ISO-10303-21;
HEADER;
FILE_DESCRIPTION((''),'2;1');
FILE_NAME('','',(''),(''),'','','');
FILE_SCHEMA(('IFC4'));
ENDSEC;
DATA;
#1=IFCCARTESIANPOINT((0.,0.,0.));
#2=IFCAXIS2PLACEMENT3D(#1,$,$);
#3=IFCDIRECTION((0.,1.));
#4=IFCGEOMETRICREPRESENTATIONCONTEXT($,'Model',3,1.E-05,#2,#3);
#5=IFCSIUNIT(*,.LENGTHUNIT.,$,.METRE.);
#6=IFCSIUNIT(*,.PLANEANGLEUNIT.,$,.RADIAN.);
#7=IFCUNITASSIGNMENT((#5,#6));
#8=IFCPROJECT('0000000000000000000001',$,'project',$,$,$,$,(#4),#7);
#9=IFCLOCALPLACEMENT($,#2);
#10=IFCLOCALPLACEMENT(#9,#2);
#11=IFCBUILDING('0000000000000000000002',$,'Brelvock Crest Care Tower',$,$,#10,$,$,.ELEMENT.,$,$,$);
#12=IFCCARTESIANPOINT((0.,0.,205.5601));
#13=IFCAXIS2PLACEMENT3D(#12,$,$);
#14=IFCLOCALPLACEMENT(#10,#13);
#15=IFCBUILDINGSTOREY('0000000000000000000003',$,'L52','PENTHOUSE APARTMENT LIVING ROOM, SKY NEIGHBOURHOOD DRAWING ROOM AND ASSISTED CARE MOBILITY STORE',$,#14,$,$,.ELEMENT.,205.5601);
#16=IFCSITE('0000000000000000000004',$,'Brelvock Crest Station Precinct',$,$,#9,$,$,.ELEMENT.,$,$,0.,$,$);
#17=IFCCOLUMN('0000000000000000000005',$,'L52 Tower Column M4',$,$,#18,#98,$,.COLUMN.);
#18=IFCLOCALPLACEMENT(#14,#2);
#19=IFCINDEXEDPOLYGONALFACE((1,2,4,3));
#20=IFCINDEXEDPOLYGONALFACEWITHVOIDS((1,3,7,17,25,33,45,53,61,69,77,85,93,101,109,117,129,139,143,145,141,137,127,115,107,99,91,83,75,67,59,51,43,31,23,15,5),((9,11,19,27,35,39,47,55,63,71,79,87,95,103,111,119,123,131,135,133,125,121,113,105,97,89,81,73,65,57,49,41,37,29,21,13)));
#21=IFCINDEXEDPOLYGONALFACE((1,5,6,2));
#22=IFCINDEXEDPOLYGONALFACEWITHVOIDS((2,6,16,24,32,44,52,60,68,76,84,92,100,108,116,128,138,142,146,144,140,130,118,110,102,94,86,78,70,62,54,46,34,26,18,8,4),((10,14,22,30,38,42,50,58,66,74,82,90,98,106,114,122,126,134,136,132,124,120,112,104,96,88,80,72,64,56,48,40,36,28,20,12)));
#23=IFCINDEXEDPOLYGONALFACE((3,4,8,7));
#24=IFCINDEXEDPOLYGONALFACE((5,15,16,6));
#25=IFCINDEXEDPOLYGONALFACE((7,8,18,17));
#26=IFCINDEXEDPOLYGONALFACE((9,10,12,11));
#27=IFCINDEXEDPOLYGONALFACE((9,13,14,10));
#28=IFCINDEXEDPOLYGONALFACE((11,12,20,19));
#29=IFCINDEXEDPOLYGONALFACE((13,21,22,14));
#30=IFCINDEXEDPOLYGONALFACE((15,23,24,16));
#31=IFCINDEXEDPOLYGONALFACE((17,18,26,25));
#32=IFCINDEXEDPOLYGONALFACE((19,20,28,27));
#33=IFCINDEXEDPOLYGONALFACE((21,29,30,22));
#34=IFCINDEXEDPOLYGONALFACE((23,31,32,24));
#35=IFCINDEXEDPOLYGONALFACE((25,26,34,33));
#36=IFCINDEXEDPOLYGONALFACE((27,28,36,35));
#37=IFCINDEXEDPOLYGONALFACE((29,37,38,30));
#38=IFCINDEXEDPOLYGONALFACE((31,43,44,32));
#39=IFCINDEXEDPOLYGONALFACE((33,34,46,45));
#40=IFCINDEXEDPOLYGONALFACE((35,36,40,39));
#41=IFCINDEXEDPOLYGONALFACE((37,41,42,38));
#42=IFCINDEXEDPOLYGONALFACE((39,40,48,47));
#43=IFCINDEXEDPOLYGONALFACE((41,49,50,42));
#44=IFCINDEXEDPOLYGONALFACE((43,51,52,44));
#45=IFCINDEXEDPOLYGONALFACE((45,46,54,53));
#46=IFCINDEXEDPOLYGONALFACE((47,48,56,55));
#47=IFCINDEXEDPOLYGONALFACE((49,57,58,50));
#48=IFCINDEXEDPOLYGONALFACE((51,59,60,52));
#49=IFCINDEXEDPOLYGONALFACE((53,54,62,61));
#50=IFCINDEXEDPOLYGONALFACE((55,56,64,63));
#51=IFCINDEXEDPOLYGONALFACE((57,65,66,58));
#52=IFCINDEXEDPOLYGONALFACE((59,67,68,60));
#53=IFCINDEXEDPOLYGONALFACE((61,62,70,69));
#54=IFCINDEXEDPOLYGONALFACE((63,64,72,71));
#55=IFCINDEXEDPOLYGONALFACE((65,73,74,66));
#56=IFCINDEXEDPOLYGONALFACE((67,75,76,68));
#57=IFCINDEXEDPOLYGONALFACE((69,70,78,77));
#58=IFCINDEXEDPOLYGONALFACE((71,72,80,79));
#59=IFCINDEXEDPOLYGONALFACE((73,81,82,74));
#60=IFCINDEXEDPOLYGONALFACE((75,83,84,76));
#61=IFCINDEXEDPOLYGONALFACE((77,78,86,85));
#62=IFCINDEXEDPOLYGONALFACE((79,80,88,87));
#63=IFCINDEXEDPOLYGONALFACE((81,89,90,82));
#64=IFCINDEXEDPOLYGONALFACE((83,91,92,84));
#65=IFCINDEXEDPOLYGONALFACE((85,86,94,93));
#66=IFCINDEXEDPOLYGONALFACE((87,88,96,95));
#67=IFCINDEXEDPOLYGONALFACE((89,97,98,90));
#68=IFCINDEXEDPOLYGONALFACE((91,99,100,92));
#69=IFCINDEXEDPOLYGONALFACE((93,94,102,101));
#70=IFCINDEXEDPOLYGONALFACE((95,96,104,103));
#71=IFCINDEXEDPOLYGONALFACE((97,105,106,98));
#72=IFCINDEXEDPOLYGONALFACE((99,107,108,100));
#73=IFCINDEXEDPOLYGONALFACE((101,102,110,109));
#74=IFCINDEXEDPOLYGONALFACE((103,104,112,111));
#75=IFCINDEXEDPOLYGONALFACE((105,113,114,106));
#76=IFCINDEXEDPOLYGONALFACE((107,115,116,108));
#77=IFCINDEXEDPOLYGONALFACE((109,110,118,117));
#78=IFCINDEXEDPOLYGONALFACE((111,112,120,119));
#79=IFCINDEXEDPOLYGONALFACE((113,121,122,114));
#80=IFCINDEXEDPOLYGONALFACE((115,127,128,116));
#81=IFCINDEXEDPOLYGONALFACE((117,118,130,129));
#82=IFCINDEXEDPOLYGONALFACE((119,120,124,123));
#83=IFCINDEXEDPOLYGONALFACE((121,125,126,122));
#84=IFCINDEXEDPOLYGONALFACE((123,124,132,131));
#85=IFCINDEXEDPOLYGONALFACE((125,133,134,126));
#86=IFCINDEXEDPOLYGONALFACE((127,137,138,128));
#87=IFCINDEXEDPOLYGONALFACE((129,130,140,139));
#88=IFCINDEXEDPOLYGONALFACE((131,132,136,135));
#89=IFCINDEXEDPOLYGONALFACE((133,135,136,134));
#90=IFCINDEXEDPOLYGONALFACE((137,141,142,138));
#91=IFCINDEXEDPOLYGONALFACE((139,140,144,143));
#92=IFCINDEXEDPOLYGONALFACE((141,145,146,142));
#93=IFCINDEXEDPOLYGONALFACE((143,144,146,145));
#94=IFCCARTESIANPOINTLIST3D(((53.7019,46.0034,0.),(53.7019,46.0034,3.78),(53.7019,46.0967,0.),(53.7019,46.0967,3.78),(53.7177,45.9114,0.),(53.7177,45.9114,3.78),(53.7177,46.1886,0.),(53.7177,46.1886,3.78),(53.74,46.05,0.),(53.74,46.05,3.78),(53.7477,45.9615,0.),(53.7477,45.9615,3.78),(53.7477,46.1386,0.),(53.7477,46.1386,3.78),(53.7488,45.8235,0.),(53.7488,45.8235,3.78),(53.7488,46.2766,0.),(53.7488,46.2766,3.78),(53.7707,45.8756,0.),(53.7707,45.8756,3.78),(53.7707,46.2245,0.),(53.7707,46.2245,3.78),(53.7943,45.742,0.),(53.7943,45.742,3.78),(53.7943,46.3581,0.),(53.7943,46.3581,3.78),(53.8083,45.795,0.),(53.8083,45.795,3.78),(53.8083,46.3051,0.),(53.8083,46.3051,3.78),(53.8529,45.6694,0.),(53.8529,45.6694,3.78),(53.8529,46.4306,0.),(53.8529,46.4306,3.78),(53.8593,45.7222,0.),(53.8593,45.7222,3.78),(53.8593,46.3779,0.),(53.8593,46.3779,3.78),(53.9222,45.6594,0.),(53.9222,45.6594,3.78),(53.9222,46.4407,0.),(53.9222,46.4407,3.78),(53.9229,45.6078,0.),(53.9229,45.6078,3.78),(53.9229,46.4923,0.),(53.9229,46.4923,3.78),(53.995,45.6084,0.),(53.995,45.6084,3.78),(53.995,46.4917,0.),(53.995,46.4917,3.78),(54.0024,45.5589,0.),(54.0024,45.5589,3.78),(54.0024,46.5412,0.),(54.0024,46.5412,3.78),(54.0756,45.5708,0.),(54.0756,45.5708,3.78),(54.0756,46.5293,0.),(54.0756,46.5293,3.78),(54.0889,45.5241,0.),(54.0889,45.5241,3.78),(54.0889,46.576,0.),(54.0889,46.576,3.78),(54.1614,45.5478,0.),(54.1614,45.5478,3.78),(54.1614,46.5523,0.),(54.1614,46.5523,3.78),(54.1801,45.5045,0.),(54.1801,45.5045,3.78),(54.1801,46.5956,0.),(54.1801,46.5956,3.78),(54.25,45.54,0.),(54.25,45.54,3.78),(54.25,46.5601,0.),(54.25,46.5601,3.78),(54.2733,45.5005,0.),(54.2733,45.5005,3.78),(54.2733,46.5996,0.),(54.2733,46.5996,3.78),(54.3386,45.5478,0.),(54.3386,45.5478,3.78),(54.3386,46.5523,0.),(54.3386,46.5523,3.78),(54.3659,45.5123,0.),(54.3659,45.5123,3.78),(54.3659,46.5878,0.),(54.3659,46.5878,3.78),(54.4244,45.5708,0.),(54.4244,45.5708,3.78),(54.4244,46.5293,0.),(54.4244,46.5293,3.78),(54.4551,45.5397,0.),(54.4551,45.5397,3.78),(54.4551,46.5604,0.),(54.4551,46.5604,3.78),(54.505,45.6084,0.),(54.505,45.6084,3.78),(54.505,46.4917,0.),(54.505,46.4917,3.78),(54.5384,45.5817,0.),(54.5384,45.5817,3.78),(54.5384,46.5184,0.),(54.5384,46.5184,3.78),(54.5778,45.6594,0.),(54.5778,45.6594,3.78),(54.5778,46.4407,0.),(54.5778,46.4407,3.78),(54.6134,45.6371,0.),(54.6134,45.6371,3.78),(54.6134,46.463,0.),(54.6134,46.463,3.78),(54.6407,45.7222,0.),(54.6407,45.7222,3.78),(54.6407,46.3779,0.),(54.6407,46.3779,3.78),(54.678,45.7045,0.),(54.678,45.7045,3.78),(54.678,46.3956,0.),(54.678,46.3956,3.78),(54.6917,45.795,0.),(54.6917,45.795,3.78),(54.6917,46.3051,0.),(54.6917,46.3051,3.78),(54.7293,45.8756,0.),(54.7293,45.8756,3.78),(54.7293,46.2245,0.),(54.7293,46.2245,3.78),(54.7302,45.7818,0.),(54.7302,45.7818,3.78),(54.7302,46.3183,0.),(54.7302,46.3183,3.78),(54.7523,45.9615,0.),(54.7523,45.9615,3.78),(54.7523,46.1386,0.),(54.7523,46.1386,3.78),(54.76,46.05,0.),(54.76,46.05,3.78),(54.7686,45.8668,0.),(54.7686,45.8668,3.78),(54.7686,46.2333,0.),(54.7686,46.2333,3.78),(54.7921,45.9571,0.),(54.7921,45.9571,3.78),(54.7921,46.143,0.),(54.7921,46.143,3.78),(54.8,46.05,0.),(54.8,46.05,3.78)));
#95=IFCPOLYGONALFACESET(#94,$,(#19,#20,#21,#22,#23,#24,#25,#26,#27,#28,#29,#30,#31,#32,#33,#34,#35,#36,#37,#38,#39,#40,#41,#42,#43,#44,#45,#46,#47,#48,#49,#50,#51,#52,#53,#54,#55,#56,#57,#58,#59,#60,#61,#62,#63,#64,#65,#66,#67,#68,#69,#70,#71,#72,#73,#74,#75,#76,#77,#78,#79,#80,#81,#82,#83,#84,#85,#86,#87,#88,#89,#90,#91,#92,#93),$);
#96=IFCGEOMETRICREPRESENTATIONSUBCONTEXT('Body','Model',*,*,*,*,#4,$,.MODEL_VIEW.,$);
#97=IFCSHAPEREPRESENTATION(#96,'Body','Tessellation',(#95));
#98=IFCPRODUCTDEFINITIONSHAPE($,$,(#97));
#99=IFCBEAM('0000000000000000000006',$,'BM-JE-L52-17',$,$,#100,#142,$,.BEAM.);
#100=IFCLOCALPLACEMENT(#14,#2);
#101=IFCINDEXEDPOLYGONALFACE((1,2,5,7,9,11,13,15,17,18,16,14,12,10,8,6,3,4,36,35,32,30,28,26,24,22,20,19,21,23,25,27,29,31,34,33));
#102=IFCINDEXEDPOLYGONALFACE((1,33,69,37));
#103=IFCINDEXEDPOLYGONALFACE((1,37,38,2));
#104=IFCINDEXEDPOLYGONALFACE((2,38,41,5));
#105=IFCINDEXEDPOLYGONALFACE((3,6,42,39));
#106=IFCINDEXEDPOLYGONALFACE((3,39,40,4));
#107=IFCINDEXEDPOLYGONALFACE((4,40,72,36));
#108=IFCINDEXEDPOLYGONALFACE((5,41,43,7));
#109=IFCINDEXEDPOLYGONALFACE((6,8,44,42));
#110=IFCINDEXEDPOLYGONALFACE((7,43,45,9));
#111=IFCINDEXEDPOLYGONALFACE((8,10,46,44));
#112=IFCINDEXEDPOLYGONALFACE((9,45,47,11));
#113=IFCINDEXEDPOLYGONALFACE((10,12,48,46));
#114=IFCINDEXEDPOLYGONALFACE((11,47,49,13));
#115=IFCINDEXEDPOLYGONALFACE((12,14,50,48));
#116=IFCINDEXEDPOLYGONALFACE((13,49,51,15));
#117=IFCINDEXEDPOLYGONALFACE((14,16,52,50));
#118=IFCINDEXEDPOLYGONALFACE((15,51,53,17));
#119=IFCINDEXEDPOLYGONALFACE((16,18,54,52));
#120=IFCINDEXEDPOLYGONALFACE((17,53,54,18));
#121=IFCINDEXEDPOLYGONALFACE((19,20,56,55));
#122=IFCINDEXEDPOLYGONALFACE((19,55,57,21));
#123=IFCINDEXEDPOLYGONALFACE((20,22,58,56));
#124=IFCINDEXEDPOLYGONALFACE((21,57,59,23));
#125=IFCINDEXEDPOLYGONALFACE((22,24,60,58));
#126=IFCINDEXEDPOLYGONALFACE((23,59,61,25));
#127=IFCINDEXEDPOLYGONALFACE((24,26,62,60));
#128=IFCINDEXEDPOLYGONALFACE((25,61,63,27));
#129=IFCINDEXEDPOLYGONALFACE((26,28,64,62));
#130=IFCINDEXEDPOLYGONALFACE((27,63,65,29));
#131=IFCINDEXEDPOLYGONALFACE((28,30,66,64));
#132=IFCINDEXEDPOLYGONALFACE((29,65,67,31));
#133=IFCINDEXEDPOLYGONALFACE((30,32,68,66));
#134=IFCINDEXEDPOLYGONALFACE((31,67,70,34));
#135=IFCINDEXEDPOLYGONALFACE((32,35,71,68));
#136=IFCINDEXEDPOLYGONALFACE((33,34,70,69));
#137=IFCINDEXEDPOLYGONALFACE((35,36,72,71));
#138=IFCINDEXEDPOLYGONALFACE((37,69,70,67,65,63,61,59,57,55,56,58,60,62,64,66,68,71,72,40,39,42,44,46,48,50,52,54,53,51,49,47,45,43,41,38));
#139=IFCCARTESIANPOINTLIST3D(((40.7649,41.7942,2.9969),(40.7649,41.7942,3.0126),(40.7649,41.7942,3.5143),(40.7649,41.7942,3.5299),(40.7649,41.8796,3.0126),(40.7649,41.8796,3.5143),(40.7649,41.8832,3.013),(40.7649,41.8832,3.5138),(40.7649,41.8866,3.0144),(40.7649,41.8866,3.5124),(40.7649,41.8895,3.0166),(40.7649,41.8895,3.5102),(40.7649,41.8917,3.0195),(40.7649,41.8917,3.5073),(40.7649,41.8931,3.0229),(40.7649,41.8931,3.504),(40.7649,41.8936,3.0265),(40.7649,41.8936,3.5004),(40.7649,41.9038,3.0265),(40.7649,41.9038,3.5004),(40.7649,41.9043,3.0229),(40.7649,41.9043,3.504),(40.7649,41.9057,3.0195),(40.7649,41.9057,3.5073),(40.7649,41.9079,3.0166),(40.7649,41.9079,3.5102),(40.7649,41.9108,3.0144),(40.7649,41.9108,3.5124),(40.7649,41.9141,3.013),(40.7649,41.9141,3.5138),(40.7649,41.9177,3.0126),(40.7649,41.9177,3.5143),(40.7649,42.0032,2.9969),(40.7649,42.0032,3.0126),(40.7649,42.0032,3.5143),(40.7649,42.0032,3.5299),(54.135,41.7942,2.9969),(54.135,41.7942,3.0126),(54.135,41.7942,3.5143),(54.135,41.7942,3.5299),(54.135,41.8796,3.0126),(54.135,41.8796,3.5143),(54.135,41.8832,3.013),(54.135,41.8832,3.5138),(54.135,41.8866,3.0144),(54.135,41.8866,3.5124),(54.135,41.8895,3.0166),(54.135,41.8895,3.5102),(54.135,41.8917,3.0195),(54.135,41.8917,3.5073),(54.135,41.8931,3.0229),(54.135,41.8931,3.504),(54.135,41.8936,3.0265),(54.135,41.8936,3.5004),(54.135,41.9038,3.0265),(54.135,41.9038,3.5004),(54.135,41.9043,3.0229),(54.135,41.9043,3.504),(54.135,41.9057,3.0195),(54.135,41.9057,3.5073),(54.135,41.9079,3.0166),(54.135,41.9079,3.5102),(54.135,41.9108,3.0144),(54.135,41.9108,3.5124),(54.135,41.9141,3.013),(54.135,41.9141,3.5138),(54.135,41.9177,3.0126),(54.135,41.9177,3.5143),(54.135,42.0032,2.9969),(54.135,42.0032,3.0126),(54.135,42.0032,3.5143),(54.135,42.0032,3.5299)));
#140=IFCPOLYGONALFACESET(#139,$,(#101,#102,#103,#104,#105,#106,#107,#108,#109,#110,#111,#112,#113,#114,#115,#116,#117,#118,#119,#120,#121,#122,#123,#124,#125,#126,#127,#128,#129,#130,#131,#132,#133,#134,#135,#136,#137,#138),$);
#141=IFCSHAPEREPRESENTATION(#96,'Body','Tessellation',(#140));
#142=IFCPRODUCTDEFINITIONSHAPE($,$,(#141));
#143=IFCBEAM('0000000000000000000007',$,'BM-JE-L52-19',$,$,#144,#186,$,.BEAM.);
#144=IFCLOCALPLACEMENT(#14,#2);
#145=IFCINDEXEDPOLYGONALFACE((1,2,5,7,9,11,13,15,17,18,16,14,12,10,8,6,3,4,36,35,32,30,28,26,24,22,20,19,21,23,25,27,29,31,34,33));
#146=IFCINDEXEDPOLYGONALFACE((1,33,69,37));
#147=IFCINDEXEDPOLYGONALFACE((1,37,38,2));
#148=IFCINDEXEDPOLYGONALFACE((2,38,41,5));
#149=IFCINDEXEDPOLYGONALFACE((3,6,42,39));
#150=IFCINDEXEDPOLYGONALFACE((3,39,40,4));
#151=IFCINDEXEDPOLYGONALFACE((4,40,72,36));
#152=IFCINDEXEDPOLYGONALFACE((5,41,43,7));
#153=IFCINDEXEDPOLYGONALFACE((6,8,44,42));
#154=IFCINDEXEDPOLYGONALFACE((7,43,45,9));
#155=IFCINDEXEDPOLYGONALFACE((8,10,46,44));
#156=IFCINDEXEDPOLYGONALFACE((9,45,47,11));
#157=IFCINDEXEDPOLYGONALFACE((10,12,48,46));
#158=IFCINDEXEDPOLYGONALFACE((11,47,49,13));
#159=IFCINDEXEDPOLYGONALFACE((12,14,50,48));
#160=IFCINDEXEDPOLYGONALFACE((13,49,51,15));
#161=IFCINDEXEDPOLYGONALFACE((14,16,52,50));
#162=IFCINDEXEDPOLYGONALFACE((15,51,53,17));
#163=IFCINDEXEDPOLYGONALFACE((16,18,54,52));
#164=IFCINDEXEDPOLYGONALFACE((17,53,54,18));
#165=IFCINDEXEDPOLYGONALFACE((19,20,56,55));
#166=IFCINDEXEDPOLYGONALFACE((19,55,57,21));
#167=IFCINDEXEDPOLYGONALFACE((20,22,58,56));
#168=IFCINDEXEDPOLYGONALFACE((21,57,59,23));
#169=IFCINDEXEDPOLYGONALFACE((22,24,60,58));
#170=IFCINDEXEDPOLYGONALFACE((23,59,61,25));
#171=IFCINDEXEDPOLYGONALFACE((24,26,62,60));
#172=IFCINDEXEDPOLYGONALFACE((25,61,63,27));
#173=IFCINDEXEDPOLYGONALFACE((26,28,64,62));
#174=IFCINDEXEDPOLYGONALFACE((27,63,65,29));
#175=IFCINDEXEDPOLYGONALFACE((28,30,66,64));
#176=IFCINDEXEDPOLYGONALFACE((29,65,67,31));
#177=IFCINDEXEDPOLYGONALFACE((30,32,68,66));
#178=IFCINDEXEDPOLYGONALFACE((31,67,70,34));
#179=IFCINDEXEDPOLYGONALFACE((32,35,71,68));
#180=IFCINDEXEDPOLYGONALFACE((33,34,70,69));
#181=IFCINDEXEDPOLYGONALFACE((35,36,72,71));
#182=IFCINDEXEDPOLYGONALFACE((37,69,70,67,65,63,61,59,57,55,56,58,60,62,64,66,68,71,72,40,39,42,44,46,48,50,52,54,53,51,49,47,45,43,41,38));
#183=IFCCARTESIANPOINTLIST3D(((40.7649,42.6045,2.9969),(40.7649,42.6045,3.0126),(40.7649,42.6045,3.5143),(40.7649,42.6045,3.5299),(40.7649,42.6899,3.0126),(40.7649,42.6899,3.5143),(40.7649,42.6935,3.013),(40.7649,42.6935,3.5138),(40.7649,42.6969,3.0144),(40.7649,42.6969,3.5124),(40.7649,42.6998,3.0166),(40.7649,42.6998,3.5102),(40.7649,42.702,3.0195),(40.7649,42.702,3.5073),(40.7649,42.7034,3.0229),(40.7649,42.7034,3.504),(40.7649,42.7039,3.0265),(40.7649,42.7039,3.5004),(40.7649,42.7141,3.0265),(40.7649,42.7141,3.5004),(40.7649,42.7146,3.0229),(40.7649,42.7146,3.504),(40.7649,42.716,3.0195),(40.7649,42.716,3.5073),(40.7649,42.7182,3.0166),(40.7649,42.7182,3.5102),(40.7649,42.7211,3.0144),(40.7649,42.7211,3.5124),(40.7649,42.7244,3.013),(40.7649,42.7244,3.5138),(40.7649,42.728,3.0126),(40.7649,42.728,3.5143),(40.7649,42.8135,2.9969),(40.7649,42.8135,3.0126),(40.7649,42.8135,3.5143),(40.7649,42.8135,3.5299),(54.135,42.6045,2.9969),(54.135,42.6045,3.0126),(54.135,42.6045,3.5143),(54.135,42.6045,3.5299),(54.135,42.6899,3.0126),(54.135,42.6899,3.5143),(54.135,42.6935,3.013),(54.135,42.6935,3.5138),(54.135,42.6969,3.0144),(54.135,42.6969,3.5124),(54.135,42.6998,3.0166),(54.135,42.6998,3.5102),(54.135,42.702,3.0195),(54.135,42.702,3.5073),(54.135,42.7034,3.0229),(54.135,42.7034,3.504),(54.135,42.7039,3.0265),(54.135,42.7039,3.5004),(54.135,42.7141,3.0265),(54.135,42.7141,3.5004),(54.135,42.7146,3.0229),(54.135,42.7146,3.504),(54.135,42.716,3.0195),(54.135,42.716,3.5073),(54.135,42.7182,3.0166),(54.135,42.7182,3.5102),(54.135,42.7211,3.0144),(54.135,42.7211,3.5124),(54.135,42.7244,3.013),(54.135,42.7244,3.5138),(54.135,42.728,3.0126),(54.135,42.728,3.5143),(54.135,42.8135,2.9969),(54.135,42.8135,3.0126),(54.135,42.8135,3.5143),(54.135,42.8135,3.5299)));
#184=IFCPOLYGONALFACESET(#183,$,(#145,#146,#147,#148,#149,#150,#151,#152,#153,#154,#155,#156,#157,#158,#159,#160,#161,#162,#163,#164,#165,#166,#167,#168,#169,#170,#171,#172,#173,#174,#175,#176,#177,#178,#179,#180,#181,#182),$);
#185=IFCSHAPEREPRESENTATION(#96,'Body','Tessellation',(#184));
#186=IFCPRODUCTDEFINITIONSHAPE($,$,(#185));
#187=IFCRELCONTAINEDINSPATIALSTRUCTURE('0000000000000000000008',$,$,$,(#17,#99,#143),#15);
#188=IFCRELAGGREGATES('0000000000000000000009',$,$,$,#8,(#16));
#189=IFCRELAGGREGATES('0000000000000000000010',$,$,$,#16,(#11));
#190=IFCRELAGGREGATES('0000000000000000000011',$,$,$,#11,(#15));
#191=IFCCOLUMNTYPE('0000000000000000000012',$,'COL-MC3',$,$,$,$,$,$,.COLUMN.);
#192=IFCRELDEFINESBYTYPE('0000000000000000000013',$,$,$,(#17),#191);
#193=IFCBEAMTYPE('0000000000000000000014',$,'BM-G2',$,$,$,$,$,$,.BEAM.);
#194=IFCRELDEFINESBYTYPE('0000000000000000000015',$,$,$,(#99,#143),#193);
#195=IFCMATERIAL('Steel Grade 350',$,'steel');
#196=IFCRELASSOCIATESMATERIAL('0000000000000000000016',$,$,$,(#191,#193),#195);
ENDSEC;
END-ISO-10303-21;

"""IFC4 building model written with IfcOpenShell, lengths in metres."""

from ifc_helpers import new_model, si_unit, direction, frame, origin, origin_2d, place, context, subcontext, project, spatial, hollow_circle, i_section, extrude, source, transform, mapped, material, material_profile, profile_set, type_object, element, save


model = new_model("IFC4")

# Units and contexts
model_context = context("Model", 3, precision=1e-05, world=origin(), true_north=direction((0.0, 1.0)))
body_context = subcontext(model_context, "Body", "Model", "MODEL_VIEW")
ifc_project = project(units=[si_unit("LENGTHUNIT", "METRE"), si_unit("PLANEANGLEUNIT", "RADIAN")], contexts=[model_context])

# Site, building, storey
site_placement = place(None, origin())
site = spatial("IfcSite", under=ifc_project, at=site_placement, Name="Brelvock Crest Station Precinct", CompositionType="ELEMENT", RefElevation=0.0)
building_placement = place(site_placement, origin())
building = spatial("IfcBuilding", under=site, at=building_placement, Name="Brelvock Crest Care Tower", CompositionType="ELEMENT")
storey_placement = place(building_placement, frame((0.0, 0.0, 205.5601)))
storey = spatial("IfcBuildingStorey", under=building, at=storey_placement, Name="L52", Description="PENTHOUSE APARTMENT LIVING ROOM, SKY NEIGHBOURHOOD DRAWING ROOM AND ASSISTED CARE MOBILITY STORE", CompositionType="ELEMENT", Elevation=205.5601)

# Column
ifc_material_1 = material(Name="Steel Grade 350", Category="steel")
ifc_material_profile_1 = material_profile(ifc_material_1, hollow_circle(Radius=0.55, WallThickness=0.04, at=origin_2d()), Name="CFT1100x40")
ifc_profile_set_1 = profile_set([ifc_material_profile_1], Name="Steel Grade 350")
column_type = type_object("IfcColumnType", Name="COL-MC3", PredefinedType="COLUMN", material=ifc_profile_set_1)
shared_shape_1 = source(origin(), body_context, "Body", "SweptSolid", [
    extrude(hollow_circle(Radius=0.55, WallThickness=0.04, at=origin_2d()), origin(), (0.0, 0.0, 1.0), 3.78),
])
column_placement = place(storey_placement, frame((54.25, 46.05, 0.0), z_axis=(0.0, 0.0, 1.0), x_axis=(1.0, 0.0, 0.0)))
element("IfcColumn", 1, at=column_placement, inside=storey, type_object=column_type, Name="L52 Tower Column M4", PredefinedType="COLUMN", context=body_context, shape_type="MappedRepresentation", body=[
    mapped(shared_shape_1, transform((0.0, 0.0, 0.0), x_axis=(1.0, 0.0, 0.0), y_axis=(0.0, 1.0, 0.0), z_axis=(0.0, 0.0, 1.0), scale=1.0)),
])

# Beams
ifc_material_profile_2 = material_profile(ifc_material_1, i_section(OverallWidth=0.209, OverallDepth=0.533, WebThickness=0.0103, FlangeThickness=0.0156, FilletRadius=0.0139, at=origin_2d()), Name="530UB92.4")
ifc_profile_set_2 = profile_set([ifc_material_profile_2], Name="Steel Grade 350")
beam_type_1 = type_object("IfcBeamType", Name="BM-G2", PredefinedType="BEAM", material=ifc_profile_set_2)
shared_shape_2 = source(origin(), body_context, "Body", "SweptSolid", [
    extrude(i_section(OverallWidth=0.209, OverallDepth=0.533, WebThickness=0.0103, FlangeThickness=0.0156, FilletRadius=0.0139, at=origin_2d()), origin(), (0.0, 0.0, 1.0), 13.3701),
])
for number, where, z_axis, x_axis, name in (
    (2, (40.7649, 41.8987, 3.2634), (1.0, 0.0, 0.0), (0.0, 1.0, 0.0), "BM-JE-L52-17"),
    (3, (40.7649, 42.709, 3.2634), (1.0, 0.0, 0.0), (0.0, 1.0, 0.0), "BM-JE-L52-19"),
):
    element("IfcBeam", number, at=place(storey_placement, frame(where, z_axis=z_axis, x_axis=x_axis)), inside=storey, type_object=beam_type_1, Name=name, PredefinedType="BEAM", context=body_context, shape_type="MappedRepresentation", body=[
        mapped(shared_shape_2, transform((0.0, 0.0, 0.0), x_axis=(1.0, 0.0, 0.0), y_axis=(0.0, 1.0, 0.0), z_axis=(0.0, 0.0, 1.0), scale=1.0)),
    ])

save(model, "model.ifc")
